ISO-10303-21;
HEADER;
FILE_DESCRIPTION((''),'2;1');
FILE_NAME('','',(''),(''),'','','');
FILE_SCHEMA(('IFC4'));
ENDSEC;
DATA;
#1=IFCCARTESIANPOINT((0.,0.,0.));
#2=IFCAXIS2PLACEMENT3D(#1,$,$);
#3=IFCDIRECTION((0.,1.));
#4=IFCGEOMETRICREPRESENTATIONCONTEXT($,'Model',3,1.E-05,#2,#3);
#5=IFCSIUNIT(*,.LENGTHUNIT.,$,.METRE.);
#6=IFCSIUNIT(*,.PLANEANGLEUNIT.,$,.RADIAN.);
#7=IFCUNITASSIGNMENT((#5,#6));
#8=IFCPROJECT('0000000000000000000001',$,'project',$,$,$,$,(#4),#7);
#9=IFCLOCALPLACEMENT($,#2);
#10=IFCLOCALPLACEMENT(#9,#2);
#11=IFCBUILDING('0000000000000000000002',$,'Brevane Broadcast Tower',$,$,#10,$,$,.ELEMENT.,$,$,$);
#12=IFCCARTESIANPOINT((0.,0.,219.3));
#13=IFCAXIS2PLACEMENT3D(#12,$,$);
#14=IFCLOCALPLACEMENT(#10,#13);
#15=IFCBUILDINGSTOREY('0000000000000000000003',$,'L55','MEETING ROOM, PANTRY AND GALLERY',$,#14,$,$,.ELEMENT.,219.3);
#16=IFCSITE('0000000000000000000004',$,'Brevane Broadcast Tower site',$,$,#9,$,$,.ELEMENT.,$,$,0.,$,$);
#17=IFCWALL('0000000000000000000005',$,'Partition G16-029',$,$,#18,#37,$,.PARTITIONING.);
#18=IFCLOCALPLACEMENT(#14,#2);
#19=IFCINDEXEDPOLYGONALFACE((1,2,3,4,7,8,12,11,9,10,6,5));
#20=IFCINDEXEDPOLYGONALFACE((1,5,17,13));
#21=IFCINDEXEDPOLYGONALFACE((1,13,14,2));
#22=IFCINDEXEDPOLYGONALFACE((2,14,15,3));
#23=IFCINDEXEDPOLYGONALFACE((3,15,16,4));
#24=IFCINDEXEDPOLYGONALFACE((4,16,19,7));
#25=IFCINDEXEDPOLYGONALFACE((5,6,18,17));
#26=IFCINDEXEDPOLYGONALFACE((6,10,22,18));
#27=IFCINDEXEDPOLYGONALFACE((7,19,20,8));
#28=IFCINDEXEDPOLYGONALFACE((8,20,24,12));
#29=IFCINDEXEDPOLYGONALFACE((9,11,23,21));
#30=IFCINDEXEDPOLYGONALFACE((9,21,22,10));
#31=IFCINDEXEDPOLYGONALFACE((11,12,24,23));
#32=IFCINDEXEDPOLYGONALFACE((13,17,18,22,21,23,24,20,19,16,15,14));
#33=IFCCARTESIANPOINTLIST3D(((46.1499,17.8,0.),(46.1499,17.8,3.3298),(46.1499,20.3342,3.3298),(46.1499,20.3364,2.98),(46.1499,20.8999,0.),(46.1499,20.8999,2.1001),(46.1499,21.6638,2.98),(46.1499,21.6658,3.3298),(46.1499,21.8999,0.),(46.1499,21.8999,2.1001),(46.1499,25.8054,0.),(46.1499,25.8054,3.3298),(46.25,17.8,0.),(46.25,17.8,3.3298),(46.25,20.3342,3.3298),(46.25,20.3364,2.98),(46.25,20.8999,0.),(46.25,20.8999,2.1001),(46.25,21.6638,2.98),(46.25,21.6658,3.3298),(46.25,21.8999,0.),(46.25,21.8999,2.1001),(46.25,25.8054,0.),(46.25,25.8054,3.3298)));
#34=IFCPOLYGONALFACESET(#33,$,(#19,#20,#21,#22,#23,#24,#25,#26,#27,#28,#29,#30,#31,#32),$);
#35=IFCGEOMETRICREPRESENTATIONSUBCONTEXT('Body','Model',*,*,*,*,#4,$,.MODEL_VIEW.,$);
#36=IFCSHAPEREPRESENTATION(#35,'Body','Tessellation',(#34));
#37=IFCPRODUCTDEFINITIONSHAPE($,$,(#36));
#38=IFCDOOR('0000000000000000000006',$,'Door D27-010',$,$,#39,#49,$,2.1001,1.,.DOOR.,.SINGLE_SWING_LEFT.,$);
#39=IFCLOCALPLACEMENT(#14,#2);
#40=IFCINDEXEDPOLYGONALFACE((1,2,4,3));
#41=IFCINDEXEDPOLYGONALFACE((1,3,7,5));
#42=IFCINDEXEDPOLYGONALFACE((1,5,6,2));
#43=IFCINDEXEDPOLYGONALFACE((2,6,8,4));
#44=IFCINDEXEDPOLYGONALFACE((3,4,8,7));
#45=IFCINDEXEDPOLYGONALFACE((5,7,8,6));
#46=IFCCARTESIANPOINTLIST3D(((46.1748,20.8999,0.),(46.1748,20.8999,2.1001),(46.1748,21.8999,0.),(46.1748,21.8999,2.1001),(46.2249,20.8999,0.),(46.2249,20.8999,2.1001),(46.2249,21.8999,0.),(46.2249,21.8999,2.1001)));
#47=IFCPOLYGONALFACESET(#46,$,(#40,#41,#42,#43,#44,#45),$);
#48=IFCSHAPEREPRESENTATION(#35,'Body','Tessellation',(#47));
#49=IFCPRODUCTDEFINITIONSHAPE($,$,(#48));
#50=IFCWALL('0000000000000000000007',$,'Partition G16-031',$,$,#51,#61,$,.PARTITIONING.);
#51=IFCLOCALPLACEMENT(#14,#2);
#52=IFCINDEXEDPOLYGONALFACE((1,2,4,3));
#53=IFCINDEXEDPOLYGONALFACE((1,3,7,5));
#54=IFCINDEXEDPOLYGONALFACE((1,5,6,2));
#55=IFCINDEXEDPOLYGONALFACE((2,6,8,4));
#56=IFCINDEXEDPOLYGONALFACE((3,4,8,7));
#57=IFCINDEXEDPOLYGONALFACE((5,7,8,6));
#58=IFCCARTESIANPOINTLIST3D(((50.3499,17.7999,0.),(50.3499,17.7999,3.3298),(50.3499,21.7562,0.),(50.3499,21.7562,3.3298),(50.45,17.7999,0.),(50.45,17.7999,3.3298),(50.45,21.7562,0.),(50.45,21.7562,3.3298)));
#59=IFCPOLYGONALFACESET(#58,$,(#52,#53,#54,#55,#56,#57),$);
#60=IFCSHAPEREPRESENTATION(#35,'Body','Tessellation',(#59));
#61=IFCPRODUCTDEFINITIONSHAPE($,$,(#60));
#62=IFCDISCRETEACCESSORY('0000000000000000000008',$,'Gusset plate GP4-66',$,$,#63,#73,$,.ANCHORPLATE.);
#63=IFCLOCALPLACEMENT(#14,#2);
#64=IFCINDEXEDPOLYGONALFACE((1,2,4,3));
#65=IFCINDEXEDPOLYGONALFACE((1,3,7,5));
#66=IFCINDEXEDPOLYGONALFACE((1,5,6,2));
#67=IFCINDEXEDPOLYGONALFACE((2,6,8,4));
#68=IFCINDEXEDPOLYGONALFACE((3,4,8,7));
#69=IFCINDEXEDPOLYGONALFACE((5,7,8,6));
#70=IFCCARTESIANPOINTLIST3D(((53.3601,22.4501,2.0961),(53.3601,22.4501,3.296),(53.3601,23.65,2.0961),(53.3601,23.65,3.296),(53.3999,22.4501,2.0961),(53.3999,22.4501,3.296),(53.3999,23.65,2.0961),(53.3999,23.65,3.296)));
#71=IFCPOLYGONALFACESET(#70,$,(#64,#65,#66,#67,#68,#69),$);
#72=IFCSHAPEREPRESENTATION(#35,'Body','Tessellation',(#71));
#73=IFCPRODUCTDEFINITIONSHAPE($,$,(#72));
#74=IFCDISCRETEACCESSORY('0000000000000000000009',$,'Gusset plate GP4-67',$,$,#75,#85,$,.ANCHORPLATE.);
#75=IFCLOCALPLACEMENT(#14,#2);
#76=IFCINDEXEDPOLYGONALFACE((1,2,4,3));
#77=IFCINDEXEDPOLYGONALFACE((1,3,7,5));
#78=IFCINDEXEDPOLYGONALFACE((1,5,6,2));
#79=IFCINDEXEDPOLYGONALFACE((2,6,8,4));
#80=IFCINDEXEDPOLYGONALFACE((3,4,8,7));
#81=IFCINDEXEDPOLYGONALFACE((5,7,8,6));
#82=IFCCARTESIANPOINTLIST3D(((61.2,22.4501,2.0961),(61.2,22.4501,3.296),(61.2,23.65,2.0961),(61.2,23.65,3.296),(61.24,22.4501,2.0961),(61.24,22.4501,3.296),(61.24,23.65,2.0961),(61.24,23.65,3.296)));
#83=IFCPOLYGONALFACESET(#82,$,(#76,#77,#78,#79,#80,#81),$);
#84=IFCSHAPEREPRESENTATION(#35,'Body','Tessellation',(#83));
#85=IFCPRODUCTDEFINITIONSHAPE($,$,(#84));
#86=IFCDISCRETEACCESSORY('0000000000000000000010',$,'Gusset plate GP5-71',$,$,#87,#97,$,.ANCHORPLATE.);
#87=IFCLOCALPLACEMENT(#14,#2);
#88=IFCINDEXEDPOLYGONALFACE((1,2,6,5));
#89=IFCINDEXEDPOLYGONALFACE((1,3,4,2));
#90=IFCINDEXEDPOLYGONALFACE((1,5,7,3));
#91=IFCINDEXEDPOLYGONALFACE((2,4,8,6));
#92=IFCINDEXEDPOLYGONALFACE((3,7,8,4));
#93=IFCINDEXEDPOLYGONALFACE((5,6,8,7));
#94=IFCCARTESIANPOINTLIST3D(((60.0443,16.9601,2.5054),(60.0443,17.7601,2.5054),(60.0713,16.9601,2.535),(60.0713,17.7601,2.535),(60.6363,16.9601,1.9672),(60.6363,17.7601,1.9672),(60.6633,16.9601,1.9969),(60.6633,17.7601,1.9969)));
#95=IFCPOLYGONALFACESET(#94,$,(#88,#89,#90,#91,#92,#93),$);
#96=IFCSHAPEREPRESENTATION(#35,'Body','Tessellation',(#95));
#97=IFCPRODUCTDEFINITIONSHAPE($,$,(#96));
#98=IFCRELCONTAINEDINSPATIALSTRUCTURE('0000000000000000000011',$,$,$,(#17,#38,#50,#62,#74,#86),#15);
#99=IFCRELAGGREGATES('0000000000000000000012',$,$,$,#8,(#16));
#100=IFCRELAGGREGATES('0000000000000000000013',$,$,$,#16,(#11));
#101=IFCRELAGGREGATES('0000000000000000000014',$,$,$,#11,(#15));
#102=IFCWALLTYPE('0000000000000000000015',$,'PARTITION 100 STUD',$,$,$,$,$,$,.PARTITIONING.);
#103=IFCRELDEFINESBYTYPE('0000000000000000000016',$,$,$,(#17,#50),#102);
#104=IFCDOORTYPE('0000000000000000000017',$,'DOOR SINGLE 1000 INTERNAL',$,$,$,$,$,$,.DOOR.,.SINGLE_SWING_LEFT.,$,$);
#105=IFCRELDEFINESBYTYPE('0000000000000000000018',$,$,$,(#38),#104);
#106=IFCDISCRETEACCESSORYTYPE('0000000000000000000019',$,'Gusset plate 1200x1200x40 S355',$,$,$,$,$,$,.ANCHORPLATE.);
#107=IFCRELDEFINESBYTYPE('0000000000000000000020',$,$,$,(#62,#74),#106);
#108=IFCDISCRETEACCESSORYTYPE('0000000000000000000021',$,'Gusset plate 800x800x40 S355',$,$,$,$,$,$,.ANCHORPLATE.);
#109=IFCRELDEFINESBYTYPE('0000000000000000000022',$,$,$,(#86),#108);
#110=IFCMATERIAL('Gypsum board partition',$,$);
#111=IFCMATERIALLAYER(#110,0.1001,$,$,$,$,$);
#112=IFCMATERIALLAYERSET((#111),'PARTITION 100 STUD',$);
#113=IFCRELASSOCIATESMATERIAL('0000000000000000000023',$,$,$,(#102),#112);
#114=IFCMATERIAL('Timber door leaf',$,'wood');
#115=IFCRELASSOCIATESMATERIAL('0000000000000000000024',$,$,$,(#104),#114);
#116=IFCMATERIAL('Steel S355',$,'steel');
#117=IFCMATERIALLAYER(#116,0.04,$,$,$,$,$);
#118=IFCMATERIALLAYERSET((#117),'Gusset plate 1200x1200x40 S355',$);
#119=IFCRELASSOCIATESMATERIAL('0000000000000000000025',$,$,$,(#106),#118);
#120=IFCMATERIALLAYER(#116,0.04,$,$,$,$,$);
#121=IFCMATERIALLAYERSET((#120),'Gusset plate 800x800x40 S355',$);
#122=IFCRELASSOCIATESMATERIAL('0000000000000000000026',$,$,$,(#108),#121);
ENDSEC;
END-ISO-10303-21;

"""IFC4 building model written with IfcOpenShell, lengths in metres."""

from ifc_helpers import new_model, si_unit, direction, frame, frame_2d, origin, origin_2d, place, context, subcontext, project, spatial, polyline, rectangle, outline, extrude, material, layer, layer_set, type_object, element, fill, save


model = new_model("IFC4")

# Units and contexts
model_context = context("Model", 3, precision=1e-05, world=origin(), true_north=direction((0.0, 1.0)))
body_context = subcontext(model_context, "Body", "Model", "MODEL_VIEW")
ifc_project = project(units=[si_unit("LENGTHUNIT", "METRE"), si_unit("PLANEANGLEUNIT", "RADIAN")], contexts=[model_context])

# Site, building, storey
site_placement = place(None, origin())
site = spatial("IfcSite", under=ifc_project, at=site_placement, Name="Brevane Broadcast Tower site", CompositionType="ELEMENT", RefElevation=0.0)
building_placement = place(site_placement, origin())
building = spatial("IfcBuilding", under=site, at=building_placement, Name="Brevane Broadcast Tower", CompositionType="ELEMENT")
storey_placement = place(building_placement, frame((0.0, 0.0, 219.3)))
storey = spatial("IfcBuildingStorey", under=building, at=storey_placement, Name="L55", Description="MEETING ROOM, PANTRY AND GALLERY", CompositionType="ELEMENT", Elevation=219.3)

# Shared definitions
ifc_material_1 = material(Name="Steel S355", Category="steel")

# Wall, opening, door
ifc_material_2 = material(Name="Gypsum board partition")
ifc_layer_1 = layer(ifc_material_2, 0.1001)
ifc_layer_set_1 = layer_set([ifc_layer_1], Name="PARTITION 100 STUD")
wall_type_1 = type_object("IfcWallType", Name="PARTITION 100 STUD", PredefinedType="PARTITIONING", material=ifc_layer_set_1)
wall_1_placement = place(storey_placement, frame((46.2, 25.8054, 0.0), z_axis=(0.0, 0.0, 1.0), x_axis=(0.0, -1.0, 0.0)))
wall_1 = element("IfcWall", 1, at=wall_1_placement, inside=storey, type_object=wall_type_1, Name="Partition G16-029", PredefinedType="PARTITIONING", context=body_context, shape_type="SweptSolid", body=[
    extrude(outline(polyline([(0.0, 0.0), (8.0054, 0.0), (8.0054, 3.3298), (5.4712, 3.3298), (5.469, 2.98), (4.1416, 2.98), (4.1396, 3.3298), (0.4055, 3.3298), (0.0, 3.3298), (0.0, 0.0)])), frame((0.0, 0.05, 0.0), z_axis=(0.0, -1.0, 0.0), x_axis=(1.0, 0.0, 0.0)), (0.0, 0.0, 1.0), 0.1001),
])
opening_placement = place(wall_1_placement, frame((3.9055, 0.0, 0.0)))
opening = element("IfcOpeningElement", 2, at=opening_placement, cuts=wall_1, PredefinedType="OPENING", context=body_context, shape_type="SweptSolid", body=[
    extrude(rectangle(XDim=1.0, YDim=2.1001, at=frame_2d((0.5, 1.05))), frame((0.0, 0.0601, 0.0), z_axis=(0.0, -1.0, 0.0), x_axis=(1.0, 0.0, 0.0)), (0.0, 0.0, 1.0), 0.1201),
])
ifc_material_3 = material(Name="Timber door leaf", Category="wood")
door_type = type_object("IfcDoorType", Name="DOOR SINGLE 1000 INTERNAL", OperationType="SINGLE_SWING_LEFT", PredefinedType="DOOR", material=ifc_material_3)
door_placement = place(opening_placement, origin())
door = element("IfcDoor", 3, at=door_placement, inside=storey, type_object=door_type, Name="Door D27-010", OperationType="SINGLE_SWING_LEFT", OverallHeight=2.1001, OverallWidth=1.0, PredefinedType="DOOR", context=body_context, shape_type="SweptSolid", body=[
    extrude(rectangle(XDim=1.0, YDim=2.1001, at=frame_2d((0.5, 1.05))), frame((0.0, 0.0249, 0.0), z_axis=(0.0, -1.0, 0.0), x_axis=(1.0, 0.0, 0.0)), (0.0, 0.0, 1.0), 0.05),
])
fill(opening, door)

# Wall
wall_2_placement = place(storey_placement, frame((50.3999, 17.8, 0.0), z_axis=(0.0, 0.0, 1.0), x_axis=(0.0, 1.0, 0.0)))
element("IfcWall", 4, at=wall_2_placement, inside=storey, type_object=wall_type_1, Name="Partition G16-031", PredefinedType="PARTITIONING", context=body_context, shape_type="SweptSolid", body=[
    extrude(rectangle(XDim=3.9563, YDim=0.1001, at=frame_2d((1.978, 0.0))), origin(), (0.0, 0.0, 1.0), 3.3298),
])

# Discrete accessories
ifc_layer_2 = layer(ifc_material_1, 0.04)
ifc_layer_set_2 = layer_set([ifc_layer_2], Name="Gusset plate 1200x1200x40 S355")
discrete_accessory_type_1 = type_object("IfcDiscreteAccessoryType", Name="Gusset plate 1200x1200x40 S355", PredefinedType="ANCHORPLATE", material=ifc_layer_set_2)
discrete_accessory_1_placement = place(storey_placement, frame((53.3601, 23.05, 2.696), z_axis=(1.0, 0.0, 0.0), x_axis=(0.0, 1.0, 0.0)))
element("IfcDiscreteAccessory", 5, at=discrete_accessory_1_placement, inside=storey, type_object=discrete_accessory_type_1, Name="Gusset plate GP4-66", PredefinedType="ANCHORPLATE", context=body_context, shape_type="SweptSolid", body=[
    extrude(rectangle(XDim=1.2, YDim=1.2, at=origin_2d()), origin(), (0.0, 0.0, 1.0), 0.0398),
])
discrete_accessory_2_placement = place(storey_placement, frame((61.2, 23.05, 2.696), z_axis=(1.0, 0.0, 0.0), x_axis=(0.0, 1.0, 0.0)))
element("IfcDiscreteAccessory", 6, at=discrete_accessory_2_placement, inside=storey, type_object=discrete_accessory_type_1, Name="Gusset plate GP4-67", PredefinedType="ANCHORPLATE", context=body_context, shape_type="SweptSolid", body=[
    extrude(rectangle(XDim=1.2, YDim=1.2, at=origin_2d()), origin(), (0.0, 0.0, 1.0), 0.04),
])
ifc_layer_3 = layer(ifc_material_1, 0.04)
ifc_layer_set_3 = layer_set([ifc_layer_3], Name="Gusset plate 800x800x40 S355")
discrete_accessory_type_2 = type_object("IfcDiscreteAccessoryType", Name="Gusset plate 800x800x40 S355", PredefinedType="ANCHORPLATE", material=ifc_layer_set_3)
discrete_accessory_3_placement = place(storey_placement, frame((60.3403, 17.3601, 2.2363), z_axis=(0.672673, 0.0, 0.73994), x_axis=(0.0, 1.0, 0.0)))
element("IfcDiscreteAccessory", 7, at=discrete_accessory_3_placement, inside=storey, type_object=discrete_accessory_type_2, Name="Gusset plate GP5-71", PredefinedType="ANCHORPLATE", context=body_context, shape_type="SweptSolid", body=[
    extrude(rectangle(XDim=0.8, YDim=0.8, at=origin_2d()), origin(), (0.0, 0.0, 1.0), 0.04),
])

save(model, "model.ifc")
